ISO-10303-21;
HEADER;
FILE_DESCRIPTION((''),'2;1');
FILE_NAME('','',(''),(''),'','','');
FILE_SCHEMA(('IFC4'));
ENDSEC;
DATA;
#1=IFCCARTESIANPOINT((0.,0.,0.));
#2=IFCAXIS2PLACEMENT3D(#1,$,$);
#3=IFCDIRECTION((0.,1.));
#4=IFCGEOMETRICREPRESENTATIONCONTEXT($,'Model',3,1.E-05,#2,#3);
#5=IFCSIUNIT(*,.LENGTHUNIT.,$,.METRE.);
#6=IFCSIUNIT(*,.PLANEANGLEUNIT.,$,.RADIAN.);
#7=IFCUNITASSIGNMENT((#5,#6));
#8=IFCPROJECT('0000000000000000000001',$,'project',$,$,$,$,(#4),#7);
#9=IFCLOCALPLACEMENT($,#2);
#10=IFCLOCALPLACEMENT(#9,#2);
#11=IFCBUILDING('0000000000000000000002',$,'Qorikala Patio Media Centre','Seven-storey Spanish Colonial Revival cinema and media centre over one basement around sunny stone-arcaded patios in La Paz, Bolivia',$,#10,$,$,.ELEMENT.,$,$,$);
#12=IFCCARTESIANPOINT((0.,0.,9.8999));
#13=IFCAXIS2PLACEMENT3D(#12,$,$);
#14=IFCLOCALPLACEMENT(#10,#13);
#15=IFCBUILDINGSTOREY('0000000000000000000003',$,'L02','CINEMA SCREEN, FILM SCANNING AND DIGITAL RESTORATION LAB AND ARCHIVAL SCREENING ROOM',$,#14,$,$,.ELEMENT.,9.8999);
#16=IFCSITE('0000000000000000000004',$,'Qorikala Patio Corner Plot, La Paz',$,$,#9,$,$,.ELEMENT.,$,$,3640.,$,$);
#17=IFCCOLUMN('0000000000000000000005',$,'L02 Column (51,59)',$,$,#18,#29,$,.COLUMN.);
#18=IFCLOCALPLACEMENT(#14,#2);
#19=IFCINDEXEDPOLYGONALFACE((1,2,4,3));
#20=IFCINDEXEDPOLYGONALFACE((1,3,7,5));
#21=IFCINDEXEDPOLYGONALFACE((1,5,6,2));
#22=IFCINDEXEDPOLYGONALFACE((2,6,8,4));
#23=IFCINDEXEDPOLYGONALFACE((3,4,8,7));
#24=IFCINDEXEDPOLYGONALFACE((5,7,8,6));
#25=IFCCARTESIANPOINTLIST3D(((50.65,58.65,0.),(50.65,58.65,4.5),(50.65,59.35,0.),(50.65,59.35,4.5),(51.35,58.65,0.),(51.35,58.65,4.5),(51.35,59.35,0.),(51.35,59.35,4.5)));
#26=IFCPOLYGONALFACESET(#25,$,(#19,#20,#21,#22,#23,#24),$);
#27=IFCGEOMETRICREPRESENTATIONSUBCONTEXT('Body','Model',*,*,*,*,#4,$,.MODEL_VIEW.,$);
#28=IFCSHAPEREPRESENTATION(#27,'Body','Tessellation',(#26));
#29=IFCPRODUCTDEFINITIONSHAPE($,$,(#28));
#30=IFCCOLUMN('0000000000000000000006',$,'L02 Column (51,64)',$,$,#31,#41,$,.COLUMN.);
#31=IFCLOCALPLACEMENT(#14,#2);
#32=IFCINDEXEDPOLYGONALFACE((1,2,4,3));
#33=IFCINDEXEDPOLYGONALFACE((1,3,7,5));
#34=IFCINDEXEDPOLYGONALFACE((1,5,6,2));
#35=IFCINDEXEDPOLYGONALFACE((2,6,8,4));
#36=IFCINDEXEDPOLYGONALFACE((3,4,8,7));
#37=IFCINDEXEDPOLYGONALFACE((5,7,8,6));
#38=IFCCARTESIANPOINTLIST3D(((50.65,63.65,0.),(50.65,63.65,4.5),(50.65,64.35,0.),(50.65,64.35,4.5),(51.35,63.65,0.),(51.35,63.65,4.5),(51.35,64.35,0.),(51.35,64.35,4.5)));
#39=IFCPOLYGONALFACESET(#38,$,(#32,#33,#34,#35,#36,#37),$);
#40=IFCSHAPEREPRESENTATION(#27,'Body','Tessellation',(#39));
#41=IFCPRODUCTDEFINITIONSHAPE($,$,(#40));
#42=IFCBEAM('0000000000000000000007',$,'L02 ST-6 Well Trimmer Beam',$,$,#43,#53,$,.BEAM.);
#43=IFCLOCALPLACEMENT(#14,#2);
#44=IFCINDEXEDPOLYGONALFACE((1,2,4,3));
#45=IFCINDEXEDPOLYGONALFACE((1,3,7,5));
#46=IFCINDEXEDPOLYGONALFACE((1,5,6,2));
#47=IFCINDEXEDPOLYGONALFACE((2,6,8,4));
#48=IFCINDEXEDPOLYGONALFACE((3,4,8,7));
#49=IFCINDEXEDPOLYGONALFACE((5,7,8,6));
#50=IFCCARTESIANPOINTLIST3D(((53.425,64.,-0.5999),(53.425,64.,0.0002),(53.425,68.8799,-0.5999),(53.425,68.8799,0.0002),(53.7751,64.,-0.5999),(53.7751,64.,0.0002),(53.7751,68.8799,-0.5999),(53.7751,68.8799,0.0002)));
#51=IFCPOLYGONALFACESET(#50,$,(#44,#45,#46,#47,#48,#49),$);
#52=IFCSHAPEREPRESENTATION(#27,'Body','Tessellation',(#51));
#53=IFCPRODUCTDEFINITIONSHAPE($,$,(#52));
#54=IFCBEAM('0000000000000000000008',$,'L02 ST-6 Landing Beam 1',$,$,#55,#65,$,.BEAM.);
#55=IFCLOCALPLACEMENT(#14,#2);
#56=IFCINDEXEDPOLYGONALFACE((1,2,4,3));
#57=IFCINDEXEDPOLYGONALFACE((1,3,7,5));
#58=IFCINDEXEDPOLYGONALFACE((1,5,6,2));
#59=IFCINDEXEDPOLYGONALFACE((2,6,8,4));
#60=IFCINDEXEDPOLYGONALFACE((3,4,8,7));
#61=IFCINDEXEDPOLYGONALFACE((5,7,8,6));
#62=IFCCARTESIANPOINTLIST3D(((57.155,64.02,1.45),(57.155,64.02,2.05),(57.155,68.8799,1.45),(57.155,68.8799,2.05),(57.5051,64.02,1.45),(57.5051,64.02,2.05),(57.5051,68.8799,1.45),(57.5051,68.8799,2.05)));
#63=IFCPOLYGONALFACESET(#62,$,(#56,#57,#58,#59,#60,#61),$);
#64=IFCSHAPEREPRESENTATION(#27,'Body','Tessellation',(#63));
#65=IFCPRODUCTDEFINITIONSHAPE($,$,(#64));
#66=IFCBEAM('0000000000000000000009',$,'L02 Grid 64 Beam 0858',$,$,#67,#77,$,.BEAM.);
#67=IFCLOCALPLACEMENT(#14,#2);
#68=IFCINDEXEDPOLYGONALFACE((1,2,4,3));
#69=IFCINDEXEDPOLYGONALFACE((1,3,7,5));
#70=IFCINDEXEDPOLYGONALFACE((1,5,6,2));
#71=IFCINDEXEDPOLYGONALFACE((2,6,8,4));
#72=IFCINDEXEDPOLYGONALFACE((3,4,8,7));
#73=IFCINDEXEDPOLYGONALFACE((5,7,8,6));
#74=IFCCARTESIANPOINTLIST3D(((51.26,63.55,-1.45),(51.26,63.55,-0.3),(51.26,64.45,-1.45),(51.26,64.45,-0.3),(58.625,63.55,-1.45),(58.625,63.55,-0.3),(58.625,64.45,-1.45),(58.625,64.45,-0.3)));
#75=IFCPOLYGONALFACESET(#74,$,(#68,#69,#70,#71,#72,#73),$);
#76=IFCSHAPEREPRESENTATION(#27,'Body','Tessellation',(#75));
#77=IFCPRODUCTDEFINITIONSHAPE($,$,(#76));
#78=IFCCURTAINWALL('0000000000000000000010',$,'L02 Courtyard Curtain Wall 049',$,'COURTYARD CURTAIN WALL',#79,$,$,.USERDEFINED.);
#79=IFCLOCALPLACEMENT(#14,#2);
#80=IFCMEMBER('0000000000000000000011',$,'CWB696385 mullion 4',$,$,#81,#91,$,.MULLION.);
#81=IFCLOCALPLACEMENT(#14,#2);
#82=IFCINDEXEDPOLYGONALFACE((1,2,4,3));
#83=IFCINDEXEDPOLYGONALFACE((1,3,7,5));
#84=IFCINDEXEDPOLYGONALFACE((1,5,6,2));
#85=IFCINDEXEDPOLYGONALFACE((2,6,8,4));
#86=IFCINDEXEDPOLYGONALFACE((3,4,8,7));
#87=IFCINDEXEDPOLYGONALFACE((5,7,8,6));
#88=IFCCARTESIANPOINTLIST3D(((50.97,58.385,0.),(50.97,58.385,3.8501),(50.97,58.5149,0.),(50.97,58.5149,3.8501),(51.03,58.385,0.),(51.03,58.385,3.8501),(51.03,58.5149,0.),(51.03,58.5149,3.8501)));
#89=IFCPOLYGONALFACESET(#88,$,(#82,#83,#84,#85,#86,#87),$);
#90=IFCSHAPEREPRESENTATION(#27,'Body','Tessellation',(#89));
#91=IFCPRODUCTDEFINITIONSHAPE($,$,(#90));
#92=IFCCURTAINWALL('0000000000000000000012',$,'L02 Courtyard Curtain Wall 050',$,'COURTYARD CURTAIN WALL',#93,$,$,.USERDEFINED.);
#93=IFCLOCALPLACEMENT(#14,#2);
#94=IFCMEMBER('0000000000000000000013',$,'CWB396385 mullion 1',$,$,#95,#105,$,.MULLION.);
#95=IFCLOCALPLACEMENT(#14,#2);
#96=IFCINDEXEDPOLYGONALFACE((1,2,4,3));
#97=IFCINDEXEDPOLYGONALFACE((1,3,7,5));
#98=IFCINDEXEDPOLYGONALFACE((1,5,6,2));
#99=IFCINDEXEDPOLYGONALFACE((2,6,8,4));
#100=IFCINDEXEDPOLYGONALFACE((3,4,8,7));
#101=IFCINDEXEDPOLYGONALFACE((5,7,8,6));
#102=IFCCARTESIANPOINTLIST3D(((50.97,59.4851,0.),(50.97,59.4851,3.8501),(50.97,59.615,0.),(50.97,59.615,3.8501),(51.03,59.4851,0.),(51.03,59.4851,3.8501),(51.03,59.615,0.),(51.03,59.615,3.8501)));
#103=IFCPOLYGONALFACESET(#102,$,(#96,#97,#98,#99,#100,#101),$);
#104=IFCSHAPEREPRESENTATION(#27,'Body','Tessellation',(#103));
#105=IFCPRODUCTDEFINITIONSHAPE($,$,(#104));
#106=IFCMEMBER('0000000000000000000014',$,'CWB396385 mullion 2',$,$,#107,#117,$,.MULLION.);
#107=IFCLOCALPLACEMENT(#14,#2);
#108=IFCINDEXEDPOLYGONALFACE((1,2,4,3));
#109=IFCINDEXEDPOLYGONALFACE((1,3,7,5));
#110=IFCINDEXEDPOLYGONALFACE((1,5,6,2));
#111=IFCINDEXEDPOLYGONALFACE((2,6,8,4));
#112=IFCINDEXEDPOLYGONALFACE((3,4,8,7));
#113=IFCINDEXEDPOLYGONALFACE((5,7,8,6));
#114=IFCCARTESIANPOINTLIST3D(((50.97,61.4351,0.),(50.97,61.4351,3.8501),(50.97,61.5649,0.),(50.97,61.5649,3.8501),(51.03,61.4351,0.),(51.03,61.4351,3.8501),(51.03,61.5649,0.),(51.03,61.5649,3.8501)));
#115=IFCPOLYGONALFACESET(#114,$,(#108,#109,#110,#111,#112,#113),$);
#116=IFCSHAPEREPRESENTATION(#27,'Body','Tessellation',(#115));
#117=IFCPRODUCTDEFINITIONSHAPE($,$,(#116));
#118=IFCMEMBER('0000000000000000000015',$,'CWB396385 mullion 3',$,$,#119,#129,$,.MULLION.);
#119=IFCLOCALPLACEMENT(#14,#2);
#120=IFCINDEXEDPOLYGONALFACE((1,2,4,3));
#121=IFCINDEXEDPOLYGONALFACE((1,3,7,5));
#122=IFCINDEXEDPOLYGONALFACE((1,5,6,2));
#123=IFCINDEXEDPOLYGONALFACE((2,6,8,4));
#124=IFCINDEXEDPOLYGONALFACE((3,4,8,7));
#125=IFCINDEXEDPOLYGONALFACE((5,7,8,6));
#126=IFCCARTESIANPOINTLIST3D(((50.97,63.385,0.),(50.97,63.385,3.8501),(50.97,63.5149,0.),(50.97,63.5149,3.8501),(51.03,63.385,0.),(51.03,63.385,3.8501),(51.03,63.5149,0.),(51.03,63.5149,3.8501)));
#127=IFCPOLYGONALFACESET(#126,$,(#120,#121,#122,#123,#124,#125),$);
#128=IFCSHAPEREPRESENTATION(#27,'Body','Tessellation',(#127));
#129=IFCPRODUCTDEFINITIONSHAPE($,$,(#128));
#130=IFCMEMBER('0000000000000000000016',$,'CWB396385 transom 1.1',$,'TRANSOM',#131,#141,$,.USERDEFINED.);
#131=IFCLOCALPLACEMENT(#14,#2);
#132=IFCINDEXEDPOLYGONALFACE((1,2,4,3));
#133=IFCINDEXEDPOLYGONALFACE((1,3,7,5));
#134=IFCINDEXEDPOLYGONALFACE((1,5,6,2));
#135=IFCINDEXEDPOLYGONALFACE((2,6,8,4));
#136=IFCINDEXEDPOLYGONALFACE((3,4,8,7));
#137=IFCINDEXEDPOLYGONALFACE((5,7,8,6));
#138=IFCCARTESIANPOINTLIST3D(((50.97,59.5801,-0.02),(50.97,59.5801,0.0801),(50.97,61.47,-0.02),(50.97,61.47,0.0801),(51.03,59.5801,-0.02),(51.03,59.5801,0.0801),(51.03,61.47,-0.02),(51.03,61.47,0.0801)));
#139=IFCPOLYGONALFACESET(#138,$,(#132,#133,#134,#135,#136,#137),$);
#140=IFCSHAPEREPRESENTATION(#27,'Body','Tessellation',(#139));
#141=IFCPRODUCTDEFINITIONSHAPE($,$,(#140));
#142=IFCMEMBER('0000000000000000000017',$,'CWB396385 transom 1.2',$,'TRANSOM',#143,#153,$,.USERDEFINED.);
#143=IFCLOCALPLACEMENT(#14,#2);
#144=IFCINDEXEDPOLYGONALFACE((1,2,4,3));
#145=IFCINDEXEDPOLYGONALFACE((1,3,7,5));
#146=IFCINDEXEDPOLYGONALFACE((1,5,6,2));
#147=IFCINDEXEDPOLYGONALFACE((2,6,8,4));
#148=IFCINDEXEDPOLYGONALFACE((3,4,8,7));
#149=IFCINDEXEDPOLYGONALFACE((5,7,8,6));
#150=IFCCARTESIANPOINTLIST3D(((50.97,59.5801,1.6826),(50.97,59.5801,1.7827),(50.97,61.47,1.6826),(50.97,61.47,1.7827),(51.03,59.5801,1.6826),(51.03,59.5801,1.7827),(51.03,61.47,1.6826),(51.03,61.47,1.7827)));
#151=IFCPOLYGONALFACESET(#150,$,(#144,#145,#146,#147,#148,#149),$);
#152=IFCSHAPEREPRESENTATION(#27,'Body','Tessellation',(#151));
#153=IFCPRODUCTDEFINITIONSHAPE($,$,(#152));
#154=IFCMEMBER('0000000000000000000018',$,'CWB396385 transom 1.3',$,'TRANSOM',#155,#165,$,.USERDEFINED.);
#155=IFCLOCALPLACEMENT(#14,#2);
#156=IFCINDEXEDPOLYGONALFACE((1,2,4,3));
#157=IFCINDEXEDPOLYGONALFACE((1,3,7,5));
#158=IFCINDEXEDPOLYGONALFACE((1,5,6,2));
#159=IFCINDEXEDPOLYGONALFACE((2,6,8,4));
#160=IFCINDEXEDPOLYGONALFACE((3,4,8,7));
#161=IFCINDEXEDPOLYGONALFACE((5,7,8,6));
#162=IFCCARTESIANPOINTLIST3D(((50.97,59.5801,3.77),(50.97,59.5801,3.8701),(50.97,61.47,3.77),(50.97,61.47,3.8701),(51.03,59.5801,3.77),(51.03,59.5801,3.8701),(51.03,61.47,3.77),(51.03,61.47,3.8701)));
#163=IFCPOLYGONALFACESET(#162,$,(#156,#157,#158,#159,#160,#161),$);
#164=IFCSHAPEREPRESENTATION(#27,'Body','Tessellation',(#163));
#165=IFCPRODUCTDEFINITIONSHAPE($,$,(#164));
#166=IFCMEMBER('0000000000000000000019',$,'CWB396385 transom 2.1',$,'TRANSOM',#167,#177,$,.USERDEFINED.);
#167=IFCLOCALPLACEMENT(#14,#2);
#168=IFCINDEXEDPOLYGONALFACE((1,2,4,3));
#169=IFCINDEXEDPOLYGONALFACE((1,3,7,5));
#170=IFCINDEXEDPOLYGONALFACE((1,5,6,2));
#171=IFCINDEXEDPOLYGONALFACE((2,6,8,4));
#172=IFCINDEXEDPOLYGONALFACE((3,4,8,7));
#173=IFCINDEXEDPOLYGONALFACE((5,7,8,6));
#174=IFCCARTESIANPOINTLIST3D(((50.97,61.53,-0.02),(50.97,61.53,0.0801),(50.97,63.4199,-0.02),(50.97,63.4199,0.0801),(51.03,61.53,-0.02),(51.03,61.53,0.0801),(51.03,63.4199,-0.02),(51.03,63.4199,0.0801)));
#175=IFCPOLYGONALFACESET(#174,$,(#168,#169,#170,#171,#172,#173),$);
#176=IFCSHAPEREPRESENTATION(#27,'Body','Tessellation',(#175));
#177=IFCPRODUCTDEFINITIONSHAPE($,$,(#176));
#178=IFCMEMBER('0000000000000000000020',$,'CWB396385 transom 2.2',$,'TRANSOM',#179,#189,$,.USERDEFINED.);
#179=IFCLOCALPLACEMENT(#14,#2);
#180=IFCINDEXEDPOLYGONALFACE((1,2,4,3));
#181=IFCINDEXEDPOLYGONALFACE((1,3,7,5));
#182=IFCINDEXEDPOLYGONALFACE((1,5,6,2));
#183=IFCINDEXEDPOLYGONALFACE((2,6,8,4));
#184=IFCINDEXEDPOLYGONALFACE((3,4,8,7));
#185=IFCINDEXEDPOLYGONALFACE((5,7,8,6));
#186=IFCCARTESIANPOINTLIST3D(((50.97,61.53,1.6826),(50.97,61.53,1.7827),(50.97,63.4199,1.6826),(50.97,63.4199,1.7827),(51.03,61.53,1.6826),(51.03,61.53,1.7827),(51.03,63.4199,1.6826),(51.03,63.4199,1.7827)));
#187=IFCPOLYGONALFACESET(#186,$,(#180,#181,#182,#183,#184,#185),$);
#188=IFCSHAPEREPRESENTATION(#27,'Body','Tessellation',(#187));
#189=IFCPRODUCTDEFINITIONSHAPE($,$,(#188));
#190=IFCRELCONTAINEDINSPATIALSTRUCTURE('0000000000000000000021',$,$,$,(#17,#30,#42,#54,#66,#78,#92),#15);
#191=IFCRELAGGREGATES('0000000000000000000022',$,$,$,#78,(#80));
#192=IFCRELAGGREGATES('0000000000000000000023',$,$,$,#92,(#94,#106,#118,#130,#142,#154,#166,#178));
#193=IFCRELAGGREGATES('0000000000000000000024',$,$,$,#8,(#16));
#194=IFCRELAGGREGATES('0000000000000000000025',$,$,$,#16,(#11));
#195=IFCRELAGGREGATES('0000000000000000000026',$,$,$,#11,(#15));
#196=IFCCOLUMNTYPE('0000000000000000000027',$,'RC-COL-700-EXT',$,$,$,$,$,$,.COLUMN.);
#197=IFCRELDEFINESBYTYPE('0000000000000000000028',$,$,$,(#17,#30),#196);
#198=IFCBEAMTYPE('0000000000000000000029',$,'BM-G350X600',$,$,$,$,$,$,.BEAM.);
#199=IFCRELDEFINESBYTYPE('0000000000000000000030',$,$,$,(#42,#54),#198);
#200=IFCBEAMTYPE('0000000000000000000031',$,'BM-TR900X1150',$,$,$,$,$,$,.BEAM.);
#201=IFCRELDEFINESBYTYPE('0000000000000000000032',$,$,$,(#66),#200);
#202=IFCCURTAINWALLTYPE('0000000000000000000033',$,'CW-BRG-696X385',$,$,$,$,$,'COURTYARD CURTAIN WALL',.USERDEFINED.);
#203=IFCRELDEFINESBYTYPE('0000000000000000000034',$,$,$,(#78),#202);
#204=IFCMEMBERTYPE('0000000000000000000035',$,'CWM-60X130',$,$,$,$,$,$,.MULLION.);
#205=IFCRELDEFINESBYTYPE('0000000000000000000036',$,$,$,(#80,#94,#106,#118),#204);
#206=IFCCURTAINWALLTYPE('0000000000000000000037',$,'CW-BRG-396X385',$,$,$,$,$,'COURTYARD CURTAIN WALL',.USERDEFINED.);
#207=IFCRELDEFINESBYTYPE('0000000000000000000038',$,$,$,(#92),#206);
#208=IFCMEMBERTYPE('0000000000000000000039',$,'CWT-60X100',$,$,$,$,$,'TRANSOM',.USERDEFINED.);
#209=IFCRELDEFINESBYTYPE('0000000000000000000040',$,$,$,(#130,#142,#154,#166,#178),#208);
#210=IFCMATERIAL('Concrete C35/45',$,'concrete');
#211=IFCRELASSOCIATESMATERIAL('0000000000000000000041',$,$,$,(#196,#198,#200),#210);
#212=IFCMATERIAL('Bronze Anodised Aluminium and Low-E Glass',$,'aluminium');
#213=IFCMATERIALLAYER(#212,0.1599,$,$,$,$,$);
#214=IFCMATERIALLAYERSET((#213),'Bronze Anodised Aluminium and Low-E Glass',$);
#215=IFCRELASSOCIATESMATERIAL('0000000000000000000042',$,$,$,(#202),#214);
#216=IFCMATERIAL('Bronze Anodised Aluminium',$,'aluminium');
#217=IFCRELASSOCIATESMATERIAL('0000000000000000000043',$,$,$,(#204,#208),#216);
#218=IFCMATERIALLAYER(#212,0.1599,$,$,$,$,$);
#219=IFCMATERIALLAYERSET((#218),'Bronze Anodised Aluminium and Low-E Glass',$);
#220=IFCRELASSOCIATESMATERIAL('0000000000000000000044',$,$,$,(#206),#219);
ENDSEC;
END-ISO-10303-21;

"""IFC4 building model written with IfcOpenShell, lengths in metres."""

from ifc_helpers import new_model, si_unit, direction, frame, origin, origin_2d, place, context, subcontext, project, spatial, rectangle, extrude, material, layer, layer_set, material_profile, profile_set, type_object, element, aggregate, save


model = new_model("IFC4")

# Units and contexts
model_context = context("Model", 3, precision=1e-05, world=origin(), true_north=direction((0.0, 1.0)))
body_context = subcontext(model_context, "Body", "Model", "MODEL_VIEW")
ifc_project = project(units=[si_unit("LENGTHUNIT", "METRE"), si_unit("PLANEANGLEUNIT", "RADIAN")], contexts=[model_context])

# Site, building, storey
site_placement = place(None, origin())
site = spatial("IfcSite", under=ifc_project, at=site_placement, Name="Qorikala Patio Corner Plot, La Paz", CompositionType="ELEMENT", RefElevation=3640.0)
building_placement = place(site_placement, origin())
building = spatial("IfcBuilding", under=site, at=building_placement, Name="Qorikala Patio Media Centre", Description="Seven-storey Spanish Colonial Revival cinema and media centre over one basement around sunny stone-arcaded patios in La Paz, Bolivia", CompositionType="ELEMENT")
storey_placement = place(building_placement, frame((0.0, 0.0, 9.8999)))
storey = spatial("IfcBuildingStorey", under=building, at=storey_placement, Name="L02", Description="CINEMA SCREEN, FILM SCANNING AND DIGITAL RESTORATION LAB AND ARCHIVAL SCREENING ROOM", CompositionType="ELEMENT", Elevation=9.8999)

# Columns
ifc_material_1 = material(Name="Concrete C35/45", Category="concrete")
ifc_material_profile_1 = material_profile(ifc_material_1, rectangle(XDim=0.7, YDim=0.7, at=origin_2d()), Name="RC 700x700")
ifc_profile_set_1 = profile_set([ifc_material_profile_1], Name="Concrete C35/45")
column_type = type_object("IfcColumnType", Name="RC-COL-700-EXT", PredefinedType="COLUMN", material=ifc_profile_set_1)
for number, where, z_axis, x_axis, name in (
    (1, (51.0, 59.0, 0.0), (0.0, 0.0, 1.0), (1.0, 0.0, 0.0), "L02 Column (51,59)"),
    (2, (51.0, 64.0, 0.0), (0.0, 0.0, 1.0), (1.0, 0.0, 0.0), "L02 Column (51,64)"),
):
    element("IfcColumn", number, at=place(storey_placement, frame(where, z_axis=z_axis, x_axis=x_axis)), inside=storey, type_object=column_type, Name=name, PredefinedType="COLUMN", context=body_context, shape_type="SweptSolid", body=[
        extrude(rectangle(XDim=0.7, YDim=0.7, at=origin_2d()), origin(), (0.0, 0.0, 1.0), 4.5),
    ])

# Beams
ifc_material_profile_2 = material_profile(ifc_material_1, rectangle(XDim=0.3501, YDim=0.6001, at=origin_2d()), Name="RC 350x600")
ifc_profile_set_2 = profile_set([ifc_material_profile_2], Name="Concrete C35/45")
beam_type_1 = type_object("IfcBeamType", Name="BM-G350X600", PredefinedType="BEAM", material=ifc_profile_set_2)
beam_1_placement = place(storey_placement, frame((53.6001, 64.0, -0.2998), z_axis=(0.0, 1.0, 0.0), x_axis=(-1.0, 0.0, 0.0)))
element("IfcBeam", 3, at=beam_1_placement, inside=storey, type_object=beam_type_1, Name="L02 ST-6 Well Trimmer Beam", PredefinedType="BEAM", context=body_context, shape_type="SweptSolid", body=[
    extrude(rectangle(XDim=0.3501, YDim=0.6001, at=origin_2d()), origin(), (0.0, 0.0, 1.0), 4.8799),
])
beam_2_placement = place(storey_placement, frame((57.3301, 64.02, 1.75), z_axis=(0.0, 1.0, 0.0), x_axis=(-1.0, 0.0, 0.0)))
element("IfcBeam", 4, at=beam_2_placement, inside=storey, type_object=beam_type_1, Name="L02 ST-6 Landing Beam 1", PredefinedType="BEAM", context=body_context, shape_type="SweptSolid", body=[
    extrude(rectangle(XDim=0.3501, YDim=0.6001, at=origin_2d()), origin(), (0.0, 0.0, 1.0), 4.8599),
])
ifc_material_profile_3 = material_profile(ifc_material_1, rectangle(XDim=0.8999, YDim=1.1499, at=origin_2d()), Name="RC 900x1150")
ifc_profile_set_3 = profile_set([ifc_material_profile_3], Name="Concrete C35/45")
beam_type_2 = type_object("IfcBeamType", Name="BM-TR900X1150", PredefinedType="BEAM", material=ifc_profile_set_3)
beam_3_placement = place(storey_placement, frame((51.26, 64.0, -0.875), z_axis=(1.0, 0.0, 0.0), x_axis=(0.0, 1.0, 0.0)))
element("IfcBeam", 5, at=beam_3_placement, inside=storey, type_object=beam_type_2, Name="L02 Grid 64 Beam 0858", PredefinedType="BEAM", context=body_context, shape_type="SweptSolid", body=[
    extrude(rectangle(XDim=0.8999, YDim=1.1499, at=origin_2d()), origin(), (0.0, 0.0, 1.0), 7.365),
])

# Curtain wall, member
ifc_material_2 = material(Name="Bronze Anodised Aluminium and Low-E Glass", Category="aluminium")
ifc_layer_1 = layer(ifc_material_2, 0.1599)
ifc_layer_set_1 = layer_set([ifc_layer_1], Name="Bronze Anodised Aluminium and Low-E Glass")
curtain_wall_type_1 = type_object("IfcCurtainWallType", Name="CW-BRG-696X385", ElementType="COURTYARD CURTAIN WALL", PredefinedType="USERDEFINED", material=ifc_layer_set_1)
curtain_wall_1_placement = place(storey_placement, origin())
curtain_wall_1 = element("IfcCurtainWall", 6, at=curtain_wall_1_placement, inside=storey, type_object=curtain_wall_type_1, Name="L02 Courtyard Curtain Wall 049", ObjectType="COURTYARD CURTAIN WALL", PredefinedType="USERDEFINED")
ifc_material_3 = material(Name="Bronze Anodised Aluminium", Category="aluminium")
ifc_material_profile_4 = material_profile(ifc_material_3, rectangle(XDim=0.0601, YDim=0.1299, at=origin_2d()), Name="ALU MULLION 60x130")
ifc_profile_set_4 = profile_set([ifc_material_profile_4], Name="Bronze Anodised Aluminium")
member_type_1 = type_object("IfcMemberType", Name="CWM-60X130", PredefinedType="MULLION", material=ifc_profile_set_4)
member_1_placement = place(storey_placement, frame((51.0, 58.45, 0.0), z_axis=(0.0, 0.0, 1.0), x_axis=(-1.0, 0.0, 0.0)))
member_1 = element("IfcMember", 7, at=member_1_placement, type_object=member_type_1, Name="CWB696385 mullion 4", PredefinedType="MULLION", context=body_context, shape_type="SweptSolid", body=[
    extrude(rectangle(XDim=0.0601, YDim=0.1299, at=origin_2d()), origin(), (0.0, 0.0, 1.0), 3.8501),
])
aggregate(curtain_wall_1, [member_1])

# Curtain wall, members
ifc_layer_2 = layer(ifc_material_2, 0.1599)
ifc_layer_set_2 = layer_set([ifc_layer_2], Name="Bronze Anodised Aluminium and Low-E Glass")
curtain_wall_type_2 = type_object("IfcCurtainWallType", Name="CW-BRG-396X385", ElementType="COURTYARD CURTAIN WALL", PredefinedType="USERDEFINED", material=ifc_layer_set_2)
curtain_wall_2_placement = place(storey_placement, origin())
curtain_wall_2 = element("IfcCurtainWall", 8, at=curtain_wall_2_placement, inside=storey, type_object=curtain_wall_type_2, Name="L02 Courtyard Curtain Wall 050", ObjectType="COURTYARD CURTAIN WALL", PredefinedType="USERDEFINED")
member_2_placement = place(storey_placement, frame((51.0, 59.55, 0.0), z_axis=(0.0, 0.0, 1.0), x_axis=(-1.0, 0.0, 0.0)))
member_2 = element("IfcMember", 9, at=member_2_placement, type_object=member_type_1, Name="CWB396385 mullion 1", PredefinedType="MULLION", context=body_context, shape_type="SweptSolid", body=[
    extrude(rectangle(XDim=0.0601, YDim=0.1299, at=origin_2d()), origin(), (0.0, 0.0, 1.0), 3.8501),
])
member_3_placement = place(storey_placement, frame((51.0, 61.5, 0.0), z_axis=(0.0, 0.0, 1.0), x_axis=(-1.0, 0.0, 0.0)))
member_3 = element("IfcMember", 10, at=member_3_placement, type_object=member_type_1, Name="CWB396385 mullion 2", PredefinedType="MULLION", context=body_context, shape_type="SweptSolid", body=[
    extrude(rectangle(XDim=0.0601, YDim=0.1299, at=origin_2d()), origin(), (0.0, 0.0, 1.0), 3.8501),
])
member_4_placement = place(storey_placement, frame((51.0, 63.45, 0.0), z_axis=(0.0, 0.0, 1.0), x_axis=(-1.0, 0.0, 0.0)))
member_4 = element("IfcMember", 11, at=member_4_placement, type_object=member_type_1, Name="CWB396385 mullion 3", PredefinedType="MULLION", context=body_context, shape_type="SweptSolid", body=[
    extrude(rectangle(XDim=0.0601, YDim=0.1299, at=origin_2d()), origin(), (0.0, 0.0, 1.0), 3.8501),
])
ifc_material_profile_5 = material_profile(ifc_material_3, rectangle(XDim=0.0601, YDim=0.1001, at=origin_2d()), Name="ALU TRANSOM 60x100")
ifc_profile_set_5 = profile_set([ifc_material_profile_5], Name="Bronze Anodised Aluminium")
member_type_2 = type_object("IfcMemberType", Name="CWT-60X100", ElementType="TRANSOM", PredefinedType="USERDEFINED", material=ifc_profile_set_5)
member_5_placement = place(storey_placement, frame((51.0, 59.5801, 0.03), z_axis=(0.0, 1.0, 0.0), x_axis=(-1.0, 0.0, 0.0)))
member_5 = element("IfcMember", 12, at=member_5_placement, type_object=member_type_2, Name="CWB396385 transom 1.1", ObjectType="TRANSOM", PredefinedType="USERDEFINED", context=body_context, shape_type="SweptSolid", body=[
    extrude(rectangle(XDim=0.0601, YDim=0.1001, at=origin_2d()), origin(), (0.0, 0.0, 1.0), 1.8899),
])
member_6_placement = place(storey_placement, frame((51.0, 59.5801, 1.7327), z_axis=(0.0, 1.0, 0.0), x_axis=(-1.0, 0.0, 0.0)))
member_6 = element("IfcMember", 13, at=member_6_placement, type_object=member_type_2, Name="CWB396385 transom 1.2", ObjectType="TRANSOM", PredefinedType="USERDEFINED", context=body_context, shape_type="SweptSolid", body=[
    extrude(rectangle(XDim=0.0601, YDim=0.1001, at=origin_2d()), origin(), (0.0, 0.0, 1.0), 1.8899),
])
member_7_placement = place(storey_placement, frame((51.0, 59.5801, 3.8201), z_axis=(0.0, 1.0, 0.0), x_axis=(-1.0, 0.0, 0.0)))
member_7 = element("IfcMember", 14, at=member_7_placement, type_object=member_type_2, Name="CWB396385 transom 1.3", ObjectType="TRANSOM", PredefinedType="USERDEFINED", context=body_context, shape_type="SweptSolid", body=[
    extrude(rectangle(XDim=0.0601, YDim=0.1001, at=origin_2d()), origin(), (0.0, 0.0, 1.0), 1.8899),
])
member_8_placement = place(storey_placement, frame((51.0, 61.53, 0.03), z_axis=(0.0, 1.0, 0.0), x_axis=(-1.0, 0.0, 0.0)))
member_8 = element("IfcMember", 15, at=member_8_placement, type_object=member_type_2, Name="CWB396385 transom 2.1", ObjectType="TRANSOM", PredefinedType="USERDEFINED", context=body_context, shape_type="SweptSolid", body=[
    extrude(rectangle(XDim=0.0601, YDim=0.1001, at=origin_2d()), origin(), (0.0, 0.0, 1.0), 1.8899),
])
member_9_placement = place(storey_placement, frame((51.0, 61.53, 1.7327), z_axis=(0.0, 1.0, 0.0), x_axis=(-1.0, 0.0, 0.0)))
member_9 = element("IfcMember", 16, at=member_9_placement, type_object=member_type_2, Name="CWB396385 transom 2.2", ObjectType="TRANSOM", PredefinedType="USERDEFINED", context=body_context, shape_type="SweptSolid", body=[
    extrude(rectangle(XDim=0.0601, YDim=0.1001, at=origin_2d()), origin(), (0.0, 0.0, 1.0), 1.8899),
])

aggregate(curtain_wall_2, [member_2, member_3, member_4, member_5, member_6, member_7, member_8, member_9])

save(model, "model.ifc")
